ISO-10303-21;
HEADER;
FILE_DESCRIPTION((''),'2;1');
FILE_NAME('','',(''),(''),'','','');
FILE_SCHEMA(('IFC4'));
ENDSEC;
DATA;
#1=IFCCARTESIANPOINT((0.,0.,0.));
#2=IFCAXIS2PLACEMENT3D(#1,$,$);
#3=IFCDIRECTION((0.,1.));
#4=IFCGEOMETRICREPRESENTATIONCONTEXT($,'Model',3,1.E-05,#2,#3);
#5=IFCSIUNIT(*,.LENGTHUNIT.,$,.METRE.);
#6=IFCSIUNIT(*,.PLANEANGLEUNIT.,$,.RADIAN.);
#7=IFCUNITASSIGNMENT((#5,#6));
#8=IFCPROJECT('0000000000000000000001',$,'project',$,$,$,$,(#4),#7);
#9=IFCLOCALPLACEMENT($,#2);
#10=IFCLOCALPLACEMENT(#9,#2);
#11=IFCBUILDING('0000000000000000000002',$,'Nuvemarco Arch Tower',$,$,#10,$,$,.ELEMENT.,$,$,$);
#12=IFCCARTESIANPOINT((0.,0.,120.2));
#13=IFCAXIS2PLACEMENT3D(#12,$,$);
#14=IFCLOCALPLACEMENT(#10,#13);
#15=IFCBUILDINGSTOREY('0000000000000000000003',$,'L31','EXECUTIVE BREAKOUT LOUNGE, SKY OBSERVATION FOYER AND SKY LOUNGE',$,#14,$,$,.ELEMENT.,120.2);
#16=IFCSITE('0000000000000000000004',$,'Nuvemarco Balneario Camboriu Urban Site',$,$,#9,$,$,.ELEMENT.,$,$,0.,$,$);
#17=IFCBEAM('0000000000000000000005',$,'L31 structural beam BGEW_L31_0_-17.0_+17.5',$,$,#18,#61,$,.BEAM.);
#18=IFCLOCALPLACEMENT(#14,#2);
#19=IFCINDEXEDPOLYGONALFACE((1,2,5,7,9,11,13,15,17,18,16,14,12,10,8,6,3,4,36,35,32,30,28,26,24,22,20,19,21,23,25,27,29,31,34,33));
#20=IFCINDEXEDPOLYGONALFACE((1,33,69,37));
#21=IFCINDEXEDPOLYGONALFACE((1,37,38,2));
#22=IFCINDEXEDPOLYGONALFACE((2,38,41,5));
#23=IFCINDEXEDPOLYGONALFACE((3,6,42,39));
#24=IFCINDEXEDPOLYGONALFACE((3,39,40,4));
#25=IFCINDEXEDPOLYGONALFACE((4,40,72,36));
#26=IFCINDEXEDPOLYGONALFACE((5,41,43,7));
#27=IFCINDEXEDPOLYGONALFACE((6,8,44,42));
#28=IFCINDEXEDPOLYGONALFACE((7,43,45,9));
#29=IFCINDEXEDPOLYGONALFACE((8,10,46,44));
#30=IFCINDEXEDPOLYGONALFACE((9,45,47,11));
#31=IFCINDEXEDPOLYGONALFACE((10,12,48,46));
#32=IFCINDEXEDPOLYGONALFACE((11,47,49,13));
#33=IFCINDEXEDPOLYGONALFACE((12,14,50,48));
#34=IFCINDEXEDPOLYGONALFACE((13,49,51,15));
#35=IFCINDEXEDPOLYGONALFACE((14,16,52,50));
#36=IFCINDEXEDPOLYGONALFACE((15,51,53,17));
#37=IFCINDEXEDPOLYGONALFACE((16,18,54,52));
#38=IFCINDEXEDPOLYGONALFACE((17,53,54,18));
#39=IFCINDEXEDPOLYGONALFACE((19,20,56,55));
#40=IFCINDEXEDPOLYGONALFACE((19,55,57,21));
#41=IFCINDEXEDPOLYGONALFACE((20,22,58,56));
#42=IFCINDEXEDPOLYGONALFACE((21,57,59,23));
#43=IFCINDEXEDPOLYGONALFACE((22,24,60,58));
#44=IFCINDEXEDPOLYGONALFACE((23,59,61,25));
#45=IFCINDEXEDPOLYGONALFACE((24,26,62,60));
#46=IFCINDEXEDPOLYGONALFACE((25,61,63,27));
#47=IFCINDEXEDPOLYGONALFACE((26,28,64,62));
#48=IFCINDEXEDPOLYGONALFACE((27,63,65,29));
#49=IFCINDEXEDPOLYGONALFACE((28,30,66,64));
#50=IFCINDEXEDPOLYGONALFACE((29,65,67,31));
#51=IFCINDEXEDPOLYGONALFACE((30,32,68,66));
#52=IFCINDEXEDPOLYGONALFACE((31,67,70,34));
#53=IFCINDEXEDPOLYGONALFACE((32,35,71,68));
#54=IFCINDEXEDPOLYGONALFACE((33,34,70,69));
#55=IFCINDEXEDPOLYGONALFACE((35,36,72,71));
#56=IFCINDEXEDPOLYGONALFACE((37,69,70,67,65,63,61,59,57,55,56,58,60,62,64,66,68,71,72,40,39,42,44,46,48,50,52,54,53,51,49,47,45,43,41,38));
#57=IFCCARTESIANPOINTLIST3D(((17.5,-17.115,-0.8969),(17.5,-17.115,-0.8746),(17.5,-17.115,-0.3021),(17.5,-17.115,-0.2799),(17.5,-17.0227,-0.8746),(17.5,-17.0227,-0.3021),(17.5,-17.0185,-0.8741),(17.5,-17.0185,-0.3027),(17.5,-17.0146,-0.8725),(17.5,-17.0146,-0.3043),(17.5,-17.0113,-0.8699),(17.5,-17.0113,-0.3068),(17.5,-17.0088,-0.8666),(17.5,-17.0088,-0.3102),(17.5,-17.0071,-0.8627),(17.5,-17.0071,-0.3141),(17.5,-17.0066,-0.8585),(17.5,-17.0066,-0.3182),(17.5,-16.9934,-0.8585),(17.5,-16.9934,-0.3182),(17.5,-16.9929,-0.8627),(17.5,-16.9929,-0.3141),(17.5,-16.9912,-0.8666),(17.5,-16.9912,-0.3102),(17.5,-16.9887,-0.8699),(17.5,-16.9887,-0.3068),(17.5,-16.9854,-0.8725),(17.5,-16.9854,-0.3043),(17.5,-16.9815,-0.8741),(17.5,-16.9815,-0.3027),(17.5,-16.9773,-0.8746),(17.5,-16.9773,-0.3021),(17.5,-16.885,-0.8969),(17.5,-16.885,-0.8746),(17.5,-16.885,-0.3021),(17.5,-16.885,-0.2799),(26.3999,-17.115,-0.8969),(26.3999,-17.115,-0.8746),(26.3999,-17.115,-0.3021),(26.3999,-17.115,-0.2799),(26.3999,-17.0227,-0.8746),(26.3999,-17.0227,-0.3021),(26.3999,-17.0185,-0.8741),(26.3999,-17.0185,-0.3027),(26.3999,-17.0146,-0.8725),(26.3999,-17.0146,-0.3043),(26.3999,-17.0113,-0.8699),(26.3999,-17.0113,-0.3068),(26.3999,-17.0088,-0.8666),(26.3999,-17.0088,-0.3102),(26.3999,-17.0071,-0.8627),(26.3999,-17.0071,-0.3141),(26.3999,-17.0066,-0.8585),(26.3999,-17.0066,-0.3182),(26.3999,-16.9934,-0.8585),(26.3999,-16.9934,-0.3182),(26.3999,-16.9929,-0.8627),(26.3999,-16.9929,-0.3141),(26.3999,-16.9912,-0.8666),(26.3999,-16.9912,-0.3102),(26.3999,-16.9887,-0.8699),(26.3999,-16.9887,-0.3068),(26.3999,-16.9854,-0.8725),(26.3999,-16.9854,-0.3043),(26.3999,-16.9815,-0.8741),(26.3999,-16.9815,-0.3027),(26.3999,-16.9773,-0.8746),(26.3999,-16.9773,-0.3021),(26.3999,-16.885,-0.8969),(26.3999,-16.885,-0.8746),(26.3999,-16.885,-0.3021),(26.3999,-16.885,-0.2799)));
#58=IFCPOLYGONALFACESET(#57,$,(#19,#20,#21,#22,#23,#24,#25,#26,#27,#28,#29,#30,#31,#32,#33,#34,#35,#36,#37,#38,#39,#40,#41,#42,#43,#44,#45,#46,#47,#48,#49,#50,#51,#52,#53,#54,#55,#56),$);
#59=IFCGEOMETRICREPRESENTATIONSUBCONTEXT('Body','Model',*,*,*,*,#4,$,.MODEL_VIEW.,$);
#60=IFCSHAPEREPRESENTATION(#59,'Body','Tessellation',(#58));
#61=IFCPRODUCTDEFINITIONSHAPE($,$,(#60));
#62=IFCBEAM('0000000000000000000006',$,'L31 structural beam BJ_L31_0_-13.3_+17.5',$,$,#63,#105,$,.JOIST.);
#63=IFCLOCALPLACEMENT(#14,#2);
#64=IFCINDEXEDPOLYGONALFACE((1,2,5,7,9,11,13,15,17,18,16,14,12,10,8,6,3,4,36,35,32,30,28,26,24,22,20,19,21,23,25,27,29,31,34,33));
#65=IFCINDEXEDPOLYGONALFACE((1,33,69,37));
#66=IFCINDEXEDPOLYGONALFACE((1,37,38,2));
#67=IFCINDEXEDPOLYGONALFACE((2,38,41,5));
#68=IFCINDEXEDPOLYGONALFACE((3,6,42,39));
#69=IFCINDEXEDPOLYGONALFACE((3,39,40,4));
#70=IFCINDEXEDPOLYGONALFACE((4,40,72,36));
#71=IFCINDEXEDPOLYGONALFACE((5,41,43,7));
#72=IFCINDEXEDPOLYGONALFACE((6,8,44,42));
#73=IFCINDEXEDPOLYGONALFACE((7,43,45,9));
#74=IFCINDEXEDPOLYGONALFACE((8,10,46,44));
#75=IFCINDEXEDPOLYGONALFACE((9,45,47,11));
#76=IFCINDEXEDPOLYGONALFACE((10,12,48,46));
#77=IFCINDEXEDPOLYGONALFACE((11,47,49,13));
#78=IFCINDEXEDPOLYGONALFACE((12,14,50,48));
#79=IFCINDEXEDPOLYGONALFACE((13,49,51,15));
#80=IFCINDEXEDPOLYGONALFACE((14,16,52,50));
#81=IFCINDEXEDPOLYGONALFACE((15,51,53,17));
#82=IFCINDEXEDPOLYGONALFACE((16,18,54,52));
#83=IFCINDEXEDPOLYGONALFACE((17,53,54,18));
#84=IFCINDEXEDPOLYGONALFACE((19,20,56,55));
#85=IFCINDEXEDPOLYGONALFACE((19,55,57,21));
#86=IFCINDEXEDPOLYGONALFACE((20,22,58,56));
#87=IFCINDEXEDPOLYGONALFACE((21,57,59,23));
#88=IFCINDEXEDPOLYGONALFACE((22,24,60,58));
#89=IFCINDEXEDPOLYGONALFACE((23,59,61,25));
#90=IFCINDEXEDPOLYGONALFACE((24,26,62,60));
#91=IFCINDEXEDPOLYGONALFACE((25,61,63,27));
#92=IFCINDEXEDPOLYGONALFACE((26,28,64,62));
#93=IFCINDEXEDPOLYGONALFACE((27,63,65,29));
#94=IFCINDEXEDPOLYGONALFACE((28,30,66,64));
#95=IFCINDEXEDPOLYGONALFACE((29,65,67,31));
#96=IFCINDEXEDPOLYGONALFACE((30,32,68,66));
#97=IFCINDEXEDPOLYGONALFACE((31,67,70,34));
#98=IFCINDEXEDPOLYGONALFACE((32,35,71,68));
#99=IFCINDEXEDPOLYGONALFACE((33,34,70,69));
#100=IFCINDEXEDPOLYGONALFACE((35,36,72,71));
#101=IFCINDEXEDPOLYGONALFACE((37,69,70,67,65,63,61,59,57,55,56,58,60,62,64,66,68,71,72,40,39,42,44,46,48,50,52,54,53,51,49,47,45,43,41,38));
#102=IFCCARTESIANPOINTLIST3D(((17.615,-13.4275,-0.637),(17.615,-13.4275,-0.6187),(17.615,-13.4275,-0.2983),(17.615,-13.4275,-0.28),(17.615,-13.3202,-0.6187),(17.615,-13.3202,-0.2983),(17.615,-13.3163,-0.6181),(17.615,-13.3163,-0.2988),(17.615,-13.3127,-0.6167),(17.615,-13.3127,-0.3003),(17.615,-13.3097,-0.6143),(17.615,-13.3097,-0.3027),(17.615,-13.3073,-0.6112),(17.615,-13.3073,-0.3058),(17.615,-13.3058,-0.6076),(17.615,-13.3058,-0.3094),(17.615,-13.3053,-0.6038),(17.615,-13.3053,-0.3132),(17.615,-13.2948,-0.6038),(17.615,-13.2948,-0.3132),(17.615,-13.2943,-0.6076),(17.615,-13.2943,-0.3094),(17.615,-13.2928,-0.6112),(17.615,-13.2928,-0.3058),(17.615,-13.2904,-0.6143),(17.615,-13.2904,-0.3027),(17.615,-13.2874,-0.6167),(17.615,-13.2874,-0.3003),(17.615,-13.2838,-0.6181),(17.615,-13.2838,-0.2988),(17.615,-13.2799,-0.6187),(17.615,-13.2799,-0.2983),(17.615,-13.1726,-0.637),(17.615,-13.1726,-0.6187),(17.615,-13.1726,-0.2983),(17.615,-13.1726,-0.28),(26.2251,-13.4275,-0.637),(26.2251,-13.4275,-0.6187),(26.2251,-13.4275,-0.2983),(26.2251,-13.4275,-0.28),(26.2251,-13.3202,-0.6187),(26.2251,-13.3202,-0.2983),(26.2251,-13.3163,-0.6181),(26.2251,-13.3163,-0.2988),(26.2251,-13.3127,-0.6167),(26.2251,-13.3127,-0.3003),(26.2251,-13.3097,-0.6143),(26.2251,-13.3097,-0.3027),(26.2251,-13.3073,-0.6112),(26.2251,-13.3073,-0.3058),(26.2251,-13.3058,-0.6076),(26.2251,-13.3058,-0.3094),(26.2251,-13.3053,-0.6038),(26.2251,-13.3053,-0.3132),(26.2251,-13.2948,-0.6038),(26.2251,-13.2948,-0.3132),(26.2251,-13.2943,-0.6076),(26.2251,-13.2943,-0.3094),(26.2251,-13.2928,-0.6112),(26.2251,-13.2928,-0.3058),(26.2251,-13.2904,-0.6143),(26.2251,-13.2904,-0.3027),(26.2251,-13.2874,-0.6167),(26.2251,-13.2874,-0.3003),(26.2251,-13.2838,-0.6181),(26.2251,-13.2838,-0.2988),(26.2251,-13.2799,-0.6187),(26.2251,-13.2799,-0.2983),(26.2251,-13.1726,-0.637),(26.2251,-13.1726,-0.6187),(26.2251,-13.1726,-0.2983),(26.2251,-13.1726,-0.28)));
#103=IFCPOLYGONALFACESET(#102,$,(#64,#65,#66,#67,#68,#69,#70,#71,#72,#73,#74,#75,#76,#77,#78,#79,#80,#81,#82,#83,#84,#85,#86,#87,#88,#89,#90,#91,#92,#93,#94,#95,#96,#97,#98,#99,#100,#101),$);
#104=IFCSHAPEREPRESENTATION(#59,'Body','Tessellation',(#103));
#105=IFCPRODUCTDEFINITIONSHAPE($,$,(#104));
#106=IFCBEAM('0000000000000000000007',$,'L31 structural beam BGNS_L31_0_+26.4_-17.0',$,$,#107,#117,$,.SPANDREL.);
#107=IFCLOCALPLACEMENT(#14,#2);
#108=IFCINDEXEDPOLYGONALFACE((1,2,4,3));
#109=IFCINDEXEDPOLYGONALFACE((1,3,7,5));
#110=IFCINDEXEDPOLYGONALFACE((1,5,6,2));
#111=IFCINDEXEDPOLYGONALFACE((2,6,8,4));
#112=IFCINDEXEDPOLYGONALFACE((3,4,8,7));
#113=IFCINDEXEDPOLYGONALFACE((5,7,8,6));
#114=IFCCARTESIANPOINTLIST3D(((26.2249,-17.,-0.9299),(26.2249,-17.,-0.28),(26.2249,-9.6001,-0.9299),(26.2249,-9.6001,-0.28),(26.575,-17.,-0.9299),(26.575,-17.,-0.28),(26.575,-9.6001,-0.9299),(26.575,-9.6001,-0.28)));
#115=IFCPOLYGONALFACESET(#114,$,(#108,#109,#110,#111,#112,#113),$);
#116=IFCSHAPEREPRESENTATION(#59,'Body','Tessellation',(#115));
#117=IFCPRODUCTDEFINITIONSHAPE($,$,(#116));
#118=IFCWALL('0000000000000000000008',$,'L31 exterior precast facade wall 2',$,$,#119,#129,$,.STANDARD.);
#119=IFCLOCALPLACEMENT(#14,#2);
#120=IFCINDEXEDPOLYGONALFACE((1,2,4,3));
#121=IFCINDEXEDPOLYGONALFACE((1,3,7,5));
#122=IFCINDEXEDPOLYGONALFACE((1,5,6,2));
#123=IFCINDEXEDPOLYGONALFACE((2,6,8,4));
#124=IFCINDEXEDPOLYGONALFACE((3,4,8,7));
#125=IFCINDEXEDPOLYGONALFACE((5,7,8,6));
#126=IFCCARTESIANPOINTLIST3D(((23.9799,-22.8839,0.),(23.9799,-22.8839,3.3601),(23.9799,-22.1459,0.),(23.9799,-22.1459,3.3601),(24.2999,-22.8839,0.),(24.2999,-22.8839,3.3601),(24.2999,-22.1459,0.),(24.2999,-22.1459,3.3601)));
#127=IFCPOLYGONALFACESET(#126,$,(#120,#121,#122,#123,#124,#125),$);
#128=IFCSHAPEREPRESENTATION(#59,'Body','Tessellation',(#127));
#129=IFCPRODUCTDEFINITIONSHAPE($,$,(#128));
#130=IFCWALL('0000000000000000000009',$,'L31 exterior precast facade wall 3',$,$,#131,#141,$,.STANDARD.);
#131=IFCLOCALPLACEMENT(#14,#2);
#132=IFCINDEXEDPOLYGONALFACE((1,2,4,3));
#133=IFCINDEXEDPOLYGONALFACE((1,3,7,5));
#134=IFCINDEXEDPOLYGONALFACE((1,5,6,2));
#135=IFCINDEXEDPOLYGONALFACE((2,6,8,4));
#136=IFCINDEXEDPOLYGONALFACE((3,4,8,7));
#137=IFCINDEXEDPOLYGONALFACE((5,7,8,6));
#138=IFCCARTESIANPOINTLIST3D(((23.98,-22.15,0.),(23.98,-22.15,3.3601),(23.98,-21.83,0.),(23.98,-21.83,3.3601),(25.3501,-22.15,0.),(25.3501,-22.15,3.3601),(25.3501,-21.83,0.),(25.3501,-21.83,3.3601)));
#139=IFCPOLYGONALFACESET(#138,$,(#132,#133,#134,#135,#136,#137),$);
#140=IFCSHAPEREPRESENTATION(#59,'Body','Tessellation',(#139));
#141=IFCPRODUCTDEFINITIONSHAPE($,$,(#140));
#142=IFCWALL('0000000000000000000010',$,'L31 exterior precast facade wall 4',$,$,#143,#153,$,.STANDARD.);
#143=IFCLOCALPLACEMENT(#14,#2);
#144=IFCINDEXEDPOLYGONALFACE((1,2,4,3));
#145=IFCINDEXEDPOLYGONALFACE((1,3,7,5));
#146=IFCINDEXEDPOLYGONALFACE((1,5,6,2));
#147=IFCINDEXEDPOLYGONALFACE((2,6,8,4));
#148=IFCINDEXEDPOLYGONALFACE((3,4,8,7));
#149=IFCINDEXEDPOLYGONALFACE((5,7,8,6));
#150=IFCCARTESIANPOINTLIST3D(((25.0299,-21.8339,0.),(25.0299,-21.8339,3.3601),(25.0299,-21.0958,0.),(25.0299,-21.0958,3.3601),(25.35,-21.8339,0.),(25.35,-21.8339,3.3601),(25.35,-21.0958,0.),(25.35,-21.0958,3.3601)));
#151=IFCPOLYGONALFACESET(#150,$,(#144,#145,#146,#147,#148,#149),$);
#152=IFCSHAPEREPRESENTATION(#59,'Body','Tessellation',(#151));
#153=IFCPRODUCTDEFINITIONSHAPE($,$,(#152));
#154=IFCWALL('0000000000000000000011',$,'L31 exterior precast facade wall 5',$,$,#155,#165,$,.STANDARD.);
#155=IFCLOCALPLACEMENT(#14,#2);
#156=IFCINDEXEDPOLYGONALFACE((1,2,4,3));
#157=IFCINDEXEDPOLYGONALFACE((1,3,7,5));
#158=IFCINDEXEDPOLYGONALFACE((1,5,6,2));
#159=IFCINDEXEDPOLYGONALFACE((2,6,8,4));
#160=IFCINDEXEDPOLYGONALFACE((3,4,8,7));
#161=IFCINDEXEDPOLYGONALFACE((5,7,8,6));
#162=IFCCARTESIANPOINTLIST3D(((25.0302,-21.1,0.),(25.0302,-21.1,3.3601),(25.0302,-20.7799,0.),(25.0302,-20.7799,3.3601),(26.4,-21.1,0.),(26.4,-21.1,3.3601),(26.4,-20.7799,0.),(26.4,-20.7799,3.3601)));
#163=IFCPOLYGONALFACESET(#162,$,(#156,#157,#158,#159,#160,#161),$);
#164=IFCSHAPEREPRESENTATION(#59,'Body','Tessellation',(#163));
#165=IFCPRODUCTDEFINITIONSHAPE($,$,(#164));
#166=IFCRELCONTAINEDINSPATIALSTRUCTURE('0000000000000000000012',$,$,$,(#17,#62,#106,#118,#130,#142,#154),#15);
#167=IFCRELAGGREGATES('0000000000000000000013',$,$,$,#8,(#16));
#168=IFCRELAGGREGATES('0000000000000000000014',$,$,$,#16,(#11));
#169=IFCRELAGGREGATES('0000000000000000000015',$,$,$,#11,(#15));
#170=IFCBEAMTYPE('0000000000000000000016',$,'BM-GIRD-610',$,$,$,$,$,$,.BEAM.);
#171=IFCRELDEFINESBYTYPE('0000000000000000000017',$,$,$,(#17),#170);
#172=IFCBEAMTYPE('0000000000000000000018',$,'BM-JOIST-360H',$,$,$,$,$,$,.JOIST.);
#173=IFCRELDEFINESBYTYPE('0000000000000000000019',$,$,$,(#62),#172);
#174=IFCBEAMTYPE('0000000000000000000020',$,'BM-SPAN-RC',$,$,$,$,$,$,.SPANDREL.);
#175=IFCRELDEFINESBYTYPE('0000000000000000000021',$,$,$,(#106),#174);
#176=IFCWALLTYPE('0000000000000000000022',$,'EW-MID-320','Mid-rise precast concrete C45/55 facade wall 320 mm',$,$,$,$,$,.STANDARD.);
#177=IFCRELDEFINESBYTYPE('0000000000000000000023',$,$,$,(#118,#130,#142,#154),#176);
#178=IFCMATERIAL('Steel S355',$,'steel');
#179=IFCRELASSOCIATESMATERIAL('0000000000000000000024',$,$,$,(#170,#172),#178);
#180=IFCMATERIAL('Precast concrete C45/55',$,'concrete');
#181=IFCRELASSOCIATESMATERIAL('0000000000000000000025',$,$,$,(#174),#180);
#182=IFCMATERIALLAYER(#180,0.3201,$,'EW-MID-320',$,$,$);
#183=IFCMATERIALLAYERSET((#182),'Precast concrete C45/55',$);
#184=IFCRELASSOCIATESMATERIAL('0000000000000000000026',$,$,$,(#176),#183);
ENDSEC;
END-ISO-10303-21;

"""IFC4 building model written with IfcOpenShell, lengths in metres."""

from ifc_helpers import new_model, si_unit, direction, frame, frame_2d, origin, origin_2d, place, context, subcontext, project, spatial, rectangle, i_section, extrude, material, layer, layer_set, material_profile, profile_set, type_object, element, save


model = new_model("IFC4")

# Units and contexts
model_context = context("Model", 3, precision=1e-05, world=origin(), true_north=direction((0.0, 1.0)))
body_context = subcontext(model_context, "Body", "Model", "MODEL_VIEW")
ifc_project = project(units=[si_unit("LENGTHUNIT", "METRE"), si_unit("PLANEANGLEUNIT", "RADIAN")], contexts=[model_context])

# Site, building, storey
site_placement = place(None, origin())
site = spatial("IfcSite", under=ifc_project, at=site_placement, Name="Nuvemarco Balneario Camboriu Urban Site", CompositionType="ELEMENT", RefElevation=0.0)
building_placement = place(site_placement, origin())
building = spatial("IfcBuilding", under=site, at=building_placement, Name="Nuvemarco Arch Tower", CompositionType="ELEMENT")
storey_placement = place(building_placement, frame((0.0, 0.0, 120.2)))
storey = spatial("IfcBuildingStorey", under=building, at=storey_placement, Name="L31", Description="EXECUTIVE BREAKOUT LOUNGE, SKY OBSERVATION FOYER AND SKY LOUNGE", CompositionType="ELEMENT", Elevation=120.2)

# Shared definitions
ifc_material_1 = material(Name="Steel S355", Category="steel")

# Beams
ifc_material_profile_1 = material_profile(ifc_material_1, i_section(OverallWidth=0.23, OverallDepth=0.6169, WebThickness=0.0132, FlangeThickness=0.0222, FilletRadius=0.0161, at=origin_2d()), Name="W610x140")
ifc_profile_set_1 = profile_set([ifc_material_profile_1], Name="Steel S355")
beam_type_1 = type_object("IfcBeamType", Name="BM-GIRD-610", PredefinedType="BEAM", material=ifc_profile_set_1)
beam_1_placement = place(storey_placement, frame((17.5, -17.0, -0.5884), z_axis=(1.0, 0.0, 0.0), x_axis=(0.0, 1.0, 0.0)))
element("IfcBeam", 1, at=beam_1_placement, inside=storey, type_object=beam_type_1, Name="L31 structural beam BGEW_L31_0_-17.0_+17.5", PredefinedType="BEAM", context=body_context, shape_type="SweptSolid", body=[
    extrude(i_section(OverallWidth=0.23, OverallDepth=0.6169, WebThickness=0.0132, FlangeThickness=0.0222, FilletRadius=0.0161, at=origin_2d()), origin(), (0.0, 0.0, 1.0), 8.8999),
])
ifc_material_profile_2 = material_profile(ifc_material_1, i_section(OverallWidth=0.2549, OverallDepth=0.3569, WebThickness=0.0105, FlangeThickness=0.0183, FilletRadius=0.0149, at=origin_2d()), Name="W360x101")
ifc_profile_set_2 = profile_set([ifc_material_profile_2], Name="Steel S355")
beam_type_2 = type_object("IfcBeamType", Name="BM-JOIST-360H", PredefinedType="JOIST", material=ifc_profile_set_2)
beam_2_placement = place(storey_placement, frame((17.615, -13.3, -0.4585), z_axis=(1.0, 0.0, 0.0), x_axis=(0.0, 1.0, 0.0)))
element("IfcBeam", 2, at=beam_2_placement, inside=storey, type_object=beam_type_2, Name="L31 structural beam BJ_L31_0_-13.3_+17.5", PredefinedType="JOIST", context=body_context, shape_type="SweptSolid", body=[
    extrude(i_section(OverallWidth=0.2549, OverallDepth=0.3569, WebThickness=0.0105, FlangeThickness=0.0183, FilletRadius=0.0149, at=origin_2d()), origin(), (0.0, 0.0, 1.0), 8.6101),
])
ifc_material_2 = material(Name="Precast concrete C45/55", Category="concrete")
ifc_material_profile_3 = material_profile(ifc_material_2, rectangle(XDim=0.3501, YDim=0.6499, at=origin_2d()), Name="PC-SP-350x650")
ifc_profile_set_3 = profile_set([ifc_material_profile_3], Name="Precast concrete C45/55")
beam_type_3 = type_object("IfcBeamType", Name="BM-SPAN-RC", PredefinedType="SPANDREL", material=ifc_profile_set_3)
beam_3_placement = place(storey_placement, frame((26.3999, -17.0, -0.605), z_axis=(0.0, 1.0, 0.0), x_axis=(-1.0, 0.0, 0.0)))
element("IfcBeam", 3, at=beam_3_placement, inside=storey, type_object=beam_type_3, Name="L31 structural beam BGNS_L31_0_+26.4_-17.0", PredefinedType="SPANDREL", context=body_context, shape_type="SweptSolid", body=[
    extrude(rectangle(XDim=0.3501, YDim=0.6499, at=origin_2d()), origin(), (0.0, 0.0, 1.0), 7.3999),
])

# Walls
ifc_layer_1 = layer(ifc_material_2, 0.3201, Name="EW-MID-320")
ifc_layer_set_1 = layer_set([ifc_layer_1], Name="Precast concrete C45/55")
wall_type_1 = type_object("IfcWallType", Name="EW-MID-320", Description="Mid-rise precast concrete C45/55 facade wall 320 mm", PredefinedType="STANDARD", material=ifc_layer_set_1)
wall_1_placement = place(storey_placement, frame((24.1399, -22.884, 0.0), z_axis=(0.0, 0.0, 1.0), x_axis=(0.0, 1.0, 0.0)))
element("IfcWall", 4, at=wall_1_placement, inside=storey, type_object=wall_type_1, Name="L31 exterior precast facade wall 2", PredefinedType="STANDARD", context=body_context, shape_type="SweptSolid", body=[
    extrude(rectangle(XDim=0.738, YDim=0.3201, at=frame_2d((0.3691, 0.0))), origin(), (0.0, 0.0, 1.0), 3.3601),
])
wall_2_placement = place(storey_placement, frame((23.98, -21.99, 0.0), z_axis=(0.0, 0.0, 1.0), x_axis=(1.0, 0.0, 0.0)))
element("IfcWall", 5, at=wall_2_placement, inside=storey, type_object=wall_type_1, Name="L31 exterior precast facade wall 3", PredefinedType="STANDARD", context=body_context, shape_type="SweptSolid", body=[
    extrude(rectangle(XDim=1.3701, YDim=0.3201, at=frame_2d((0.6851, 0.0))), origin(), (0.0, 0.0, 1.0), 3.3601),
])
wall_3_placement = place(storey_placement, frame((25.1899, -21.834, 0.0), z_axis=(0.0, 0.0, 1.0), x_axis=(0.0, 1.0, 0.0)))
element("IfcWall", 6, at=wall_3_placement, inside=storey, type_object=wall_type_1, Name="L31 exterior precast facade wall 4", PredefinedType="STANDARD", context=body_context, shape_type="SweptSolid", body=[
    extrude(rectangle(XDim=0.738, YDim=0.3201, at=frame_2d((0.3691, 0.0))), origin(), (0.0, 0.0, 1.0), 3.3601),
])
wall_4_placement = place(storey_placement, frame((25.03, -20.9399, 0.0), z_axis=(0.0, 0.0, 1.0), x_axis=(1.0, 0.0, 0.0)))
element("IfcWall", 7, at=wall_4_placement, inside=storey, type_object=wall_type_1, Name="L31 exterior precast facade wall 5", PredefinedType="STANDARD", context=body_context, shape_type="SweptSolid", body=[
    extrude(rectangle(XDim=1.3699, YDim=0.3201, at=frame_2d((0.6851, 0.0))), origin(), (0.0, 0.0, 1.0), 3.3601),
])

save(model, "model.ifc")
